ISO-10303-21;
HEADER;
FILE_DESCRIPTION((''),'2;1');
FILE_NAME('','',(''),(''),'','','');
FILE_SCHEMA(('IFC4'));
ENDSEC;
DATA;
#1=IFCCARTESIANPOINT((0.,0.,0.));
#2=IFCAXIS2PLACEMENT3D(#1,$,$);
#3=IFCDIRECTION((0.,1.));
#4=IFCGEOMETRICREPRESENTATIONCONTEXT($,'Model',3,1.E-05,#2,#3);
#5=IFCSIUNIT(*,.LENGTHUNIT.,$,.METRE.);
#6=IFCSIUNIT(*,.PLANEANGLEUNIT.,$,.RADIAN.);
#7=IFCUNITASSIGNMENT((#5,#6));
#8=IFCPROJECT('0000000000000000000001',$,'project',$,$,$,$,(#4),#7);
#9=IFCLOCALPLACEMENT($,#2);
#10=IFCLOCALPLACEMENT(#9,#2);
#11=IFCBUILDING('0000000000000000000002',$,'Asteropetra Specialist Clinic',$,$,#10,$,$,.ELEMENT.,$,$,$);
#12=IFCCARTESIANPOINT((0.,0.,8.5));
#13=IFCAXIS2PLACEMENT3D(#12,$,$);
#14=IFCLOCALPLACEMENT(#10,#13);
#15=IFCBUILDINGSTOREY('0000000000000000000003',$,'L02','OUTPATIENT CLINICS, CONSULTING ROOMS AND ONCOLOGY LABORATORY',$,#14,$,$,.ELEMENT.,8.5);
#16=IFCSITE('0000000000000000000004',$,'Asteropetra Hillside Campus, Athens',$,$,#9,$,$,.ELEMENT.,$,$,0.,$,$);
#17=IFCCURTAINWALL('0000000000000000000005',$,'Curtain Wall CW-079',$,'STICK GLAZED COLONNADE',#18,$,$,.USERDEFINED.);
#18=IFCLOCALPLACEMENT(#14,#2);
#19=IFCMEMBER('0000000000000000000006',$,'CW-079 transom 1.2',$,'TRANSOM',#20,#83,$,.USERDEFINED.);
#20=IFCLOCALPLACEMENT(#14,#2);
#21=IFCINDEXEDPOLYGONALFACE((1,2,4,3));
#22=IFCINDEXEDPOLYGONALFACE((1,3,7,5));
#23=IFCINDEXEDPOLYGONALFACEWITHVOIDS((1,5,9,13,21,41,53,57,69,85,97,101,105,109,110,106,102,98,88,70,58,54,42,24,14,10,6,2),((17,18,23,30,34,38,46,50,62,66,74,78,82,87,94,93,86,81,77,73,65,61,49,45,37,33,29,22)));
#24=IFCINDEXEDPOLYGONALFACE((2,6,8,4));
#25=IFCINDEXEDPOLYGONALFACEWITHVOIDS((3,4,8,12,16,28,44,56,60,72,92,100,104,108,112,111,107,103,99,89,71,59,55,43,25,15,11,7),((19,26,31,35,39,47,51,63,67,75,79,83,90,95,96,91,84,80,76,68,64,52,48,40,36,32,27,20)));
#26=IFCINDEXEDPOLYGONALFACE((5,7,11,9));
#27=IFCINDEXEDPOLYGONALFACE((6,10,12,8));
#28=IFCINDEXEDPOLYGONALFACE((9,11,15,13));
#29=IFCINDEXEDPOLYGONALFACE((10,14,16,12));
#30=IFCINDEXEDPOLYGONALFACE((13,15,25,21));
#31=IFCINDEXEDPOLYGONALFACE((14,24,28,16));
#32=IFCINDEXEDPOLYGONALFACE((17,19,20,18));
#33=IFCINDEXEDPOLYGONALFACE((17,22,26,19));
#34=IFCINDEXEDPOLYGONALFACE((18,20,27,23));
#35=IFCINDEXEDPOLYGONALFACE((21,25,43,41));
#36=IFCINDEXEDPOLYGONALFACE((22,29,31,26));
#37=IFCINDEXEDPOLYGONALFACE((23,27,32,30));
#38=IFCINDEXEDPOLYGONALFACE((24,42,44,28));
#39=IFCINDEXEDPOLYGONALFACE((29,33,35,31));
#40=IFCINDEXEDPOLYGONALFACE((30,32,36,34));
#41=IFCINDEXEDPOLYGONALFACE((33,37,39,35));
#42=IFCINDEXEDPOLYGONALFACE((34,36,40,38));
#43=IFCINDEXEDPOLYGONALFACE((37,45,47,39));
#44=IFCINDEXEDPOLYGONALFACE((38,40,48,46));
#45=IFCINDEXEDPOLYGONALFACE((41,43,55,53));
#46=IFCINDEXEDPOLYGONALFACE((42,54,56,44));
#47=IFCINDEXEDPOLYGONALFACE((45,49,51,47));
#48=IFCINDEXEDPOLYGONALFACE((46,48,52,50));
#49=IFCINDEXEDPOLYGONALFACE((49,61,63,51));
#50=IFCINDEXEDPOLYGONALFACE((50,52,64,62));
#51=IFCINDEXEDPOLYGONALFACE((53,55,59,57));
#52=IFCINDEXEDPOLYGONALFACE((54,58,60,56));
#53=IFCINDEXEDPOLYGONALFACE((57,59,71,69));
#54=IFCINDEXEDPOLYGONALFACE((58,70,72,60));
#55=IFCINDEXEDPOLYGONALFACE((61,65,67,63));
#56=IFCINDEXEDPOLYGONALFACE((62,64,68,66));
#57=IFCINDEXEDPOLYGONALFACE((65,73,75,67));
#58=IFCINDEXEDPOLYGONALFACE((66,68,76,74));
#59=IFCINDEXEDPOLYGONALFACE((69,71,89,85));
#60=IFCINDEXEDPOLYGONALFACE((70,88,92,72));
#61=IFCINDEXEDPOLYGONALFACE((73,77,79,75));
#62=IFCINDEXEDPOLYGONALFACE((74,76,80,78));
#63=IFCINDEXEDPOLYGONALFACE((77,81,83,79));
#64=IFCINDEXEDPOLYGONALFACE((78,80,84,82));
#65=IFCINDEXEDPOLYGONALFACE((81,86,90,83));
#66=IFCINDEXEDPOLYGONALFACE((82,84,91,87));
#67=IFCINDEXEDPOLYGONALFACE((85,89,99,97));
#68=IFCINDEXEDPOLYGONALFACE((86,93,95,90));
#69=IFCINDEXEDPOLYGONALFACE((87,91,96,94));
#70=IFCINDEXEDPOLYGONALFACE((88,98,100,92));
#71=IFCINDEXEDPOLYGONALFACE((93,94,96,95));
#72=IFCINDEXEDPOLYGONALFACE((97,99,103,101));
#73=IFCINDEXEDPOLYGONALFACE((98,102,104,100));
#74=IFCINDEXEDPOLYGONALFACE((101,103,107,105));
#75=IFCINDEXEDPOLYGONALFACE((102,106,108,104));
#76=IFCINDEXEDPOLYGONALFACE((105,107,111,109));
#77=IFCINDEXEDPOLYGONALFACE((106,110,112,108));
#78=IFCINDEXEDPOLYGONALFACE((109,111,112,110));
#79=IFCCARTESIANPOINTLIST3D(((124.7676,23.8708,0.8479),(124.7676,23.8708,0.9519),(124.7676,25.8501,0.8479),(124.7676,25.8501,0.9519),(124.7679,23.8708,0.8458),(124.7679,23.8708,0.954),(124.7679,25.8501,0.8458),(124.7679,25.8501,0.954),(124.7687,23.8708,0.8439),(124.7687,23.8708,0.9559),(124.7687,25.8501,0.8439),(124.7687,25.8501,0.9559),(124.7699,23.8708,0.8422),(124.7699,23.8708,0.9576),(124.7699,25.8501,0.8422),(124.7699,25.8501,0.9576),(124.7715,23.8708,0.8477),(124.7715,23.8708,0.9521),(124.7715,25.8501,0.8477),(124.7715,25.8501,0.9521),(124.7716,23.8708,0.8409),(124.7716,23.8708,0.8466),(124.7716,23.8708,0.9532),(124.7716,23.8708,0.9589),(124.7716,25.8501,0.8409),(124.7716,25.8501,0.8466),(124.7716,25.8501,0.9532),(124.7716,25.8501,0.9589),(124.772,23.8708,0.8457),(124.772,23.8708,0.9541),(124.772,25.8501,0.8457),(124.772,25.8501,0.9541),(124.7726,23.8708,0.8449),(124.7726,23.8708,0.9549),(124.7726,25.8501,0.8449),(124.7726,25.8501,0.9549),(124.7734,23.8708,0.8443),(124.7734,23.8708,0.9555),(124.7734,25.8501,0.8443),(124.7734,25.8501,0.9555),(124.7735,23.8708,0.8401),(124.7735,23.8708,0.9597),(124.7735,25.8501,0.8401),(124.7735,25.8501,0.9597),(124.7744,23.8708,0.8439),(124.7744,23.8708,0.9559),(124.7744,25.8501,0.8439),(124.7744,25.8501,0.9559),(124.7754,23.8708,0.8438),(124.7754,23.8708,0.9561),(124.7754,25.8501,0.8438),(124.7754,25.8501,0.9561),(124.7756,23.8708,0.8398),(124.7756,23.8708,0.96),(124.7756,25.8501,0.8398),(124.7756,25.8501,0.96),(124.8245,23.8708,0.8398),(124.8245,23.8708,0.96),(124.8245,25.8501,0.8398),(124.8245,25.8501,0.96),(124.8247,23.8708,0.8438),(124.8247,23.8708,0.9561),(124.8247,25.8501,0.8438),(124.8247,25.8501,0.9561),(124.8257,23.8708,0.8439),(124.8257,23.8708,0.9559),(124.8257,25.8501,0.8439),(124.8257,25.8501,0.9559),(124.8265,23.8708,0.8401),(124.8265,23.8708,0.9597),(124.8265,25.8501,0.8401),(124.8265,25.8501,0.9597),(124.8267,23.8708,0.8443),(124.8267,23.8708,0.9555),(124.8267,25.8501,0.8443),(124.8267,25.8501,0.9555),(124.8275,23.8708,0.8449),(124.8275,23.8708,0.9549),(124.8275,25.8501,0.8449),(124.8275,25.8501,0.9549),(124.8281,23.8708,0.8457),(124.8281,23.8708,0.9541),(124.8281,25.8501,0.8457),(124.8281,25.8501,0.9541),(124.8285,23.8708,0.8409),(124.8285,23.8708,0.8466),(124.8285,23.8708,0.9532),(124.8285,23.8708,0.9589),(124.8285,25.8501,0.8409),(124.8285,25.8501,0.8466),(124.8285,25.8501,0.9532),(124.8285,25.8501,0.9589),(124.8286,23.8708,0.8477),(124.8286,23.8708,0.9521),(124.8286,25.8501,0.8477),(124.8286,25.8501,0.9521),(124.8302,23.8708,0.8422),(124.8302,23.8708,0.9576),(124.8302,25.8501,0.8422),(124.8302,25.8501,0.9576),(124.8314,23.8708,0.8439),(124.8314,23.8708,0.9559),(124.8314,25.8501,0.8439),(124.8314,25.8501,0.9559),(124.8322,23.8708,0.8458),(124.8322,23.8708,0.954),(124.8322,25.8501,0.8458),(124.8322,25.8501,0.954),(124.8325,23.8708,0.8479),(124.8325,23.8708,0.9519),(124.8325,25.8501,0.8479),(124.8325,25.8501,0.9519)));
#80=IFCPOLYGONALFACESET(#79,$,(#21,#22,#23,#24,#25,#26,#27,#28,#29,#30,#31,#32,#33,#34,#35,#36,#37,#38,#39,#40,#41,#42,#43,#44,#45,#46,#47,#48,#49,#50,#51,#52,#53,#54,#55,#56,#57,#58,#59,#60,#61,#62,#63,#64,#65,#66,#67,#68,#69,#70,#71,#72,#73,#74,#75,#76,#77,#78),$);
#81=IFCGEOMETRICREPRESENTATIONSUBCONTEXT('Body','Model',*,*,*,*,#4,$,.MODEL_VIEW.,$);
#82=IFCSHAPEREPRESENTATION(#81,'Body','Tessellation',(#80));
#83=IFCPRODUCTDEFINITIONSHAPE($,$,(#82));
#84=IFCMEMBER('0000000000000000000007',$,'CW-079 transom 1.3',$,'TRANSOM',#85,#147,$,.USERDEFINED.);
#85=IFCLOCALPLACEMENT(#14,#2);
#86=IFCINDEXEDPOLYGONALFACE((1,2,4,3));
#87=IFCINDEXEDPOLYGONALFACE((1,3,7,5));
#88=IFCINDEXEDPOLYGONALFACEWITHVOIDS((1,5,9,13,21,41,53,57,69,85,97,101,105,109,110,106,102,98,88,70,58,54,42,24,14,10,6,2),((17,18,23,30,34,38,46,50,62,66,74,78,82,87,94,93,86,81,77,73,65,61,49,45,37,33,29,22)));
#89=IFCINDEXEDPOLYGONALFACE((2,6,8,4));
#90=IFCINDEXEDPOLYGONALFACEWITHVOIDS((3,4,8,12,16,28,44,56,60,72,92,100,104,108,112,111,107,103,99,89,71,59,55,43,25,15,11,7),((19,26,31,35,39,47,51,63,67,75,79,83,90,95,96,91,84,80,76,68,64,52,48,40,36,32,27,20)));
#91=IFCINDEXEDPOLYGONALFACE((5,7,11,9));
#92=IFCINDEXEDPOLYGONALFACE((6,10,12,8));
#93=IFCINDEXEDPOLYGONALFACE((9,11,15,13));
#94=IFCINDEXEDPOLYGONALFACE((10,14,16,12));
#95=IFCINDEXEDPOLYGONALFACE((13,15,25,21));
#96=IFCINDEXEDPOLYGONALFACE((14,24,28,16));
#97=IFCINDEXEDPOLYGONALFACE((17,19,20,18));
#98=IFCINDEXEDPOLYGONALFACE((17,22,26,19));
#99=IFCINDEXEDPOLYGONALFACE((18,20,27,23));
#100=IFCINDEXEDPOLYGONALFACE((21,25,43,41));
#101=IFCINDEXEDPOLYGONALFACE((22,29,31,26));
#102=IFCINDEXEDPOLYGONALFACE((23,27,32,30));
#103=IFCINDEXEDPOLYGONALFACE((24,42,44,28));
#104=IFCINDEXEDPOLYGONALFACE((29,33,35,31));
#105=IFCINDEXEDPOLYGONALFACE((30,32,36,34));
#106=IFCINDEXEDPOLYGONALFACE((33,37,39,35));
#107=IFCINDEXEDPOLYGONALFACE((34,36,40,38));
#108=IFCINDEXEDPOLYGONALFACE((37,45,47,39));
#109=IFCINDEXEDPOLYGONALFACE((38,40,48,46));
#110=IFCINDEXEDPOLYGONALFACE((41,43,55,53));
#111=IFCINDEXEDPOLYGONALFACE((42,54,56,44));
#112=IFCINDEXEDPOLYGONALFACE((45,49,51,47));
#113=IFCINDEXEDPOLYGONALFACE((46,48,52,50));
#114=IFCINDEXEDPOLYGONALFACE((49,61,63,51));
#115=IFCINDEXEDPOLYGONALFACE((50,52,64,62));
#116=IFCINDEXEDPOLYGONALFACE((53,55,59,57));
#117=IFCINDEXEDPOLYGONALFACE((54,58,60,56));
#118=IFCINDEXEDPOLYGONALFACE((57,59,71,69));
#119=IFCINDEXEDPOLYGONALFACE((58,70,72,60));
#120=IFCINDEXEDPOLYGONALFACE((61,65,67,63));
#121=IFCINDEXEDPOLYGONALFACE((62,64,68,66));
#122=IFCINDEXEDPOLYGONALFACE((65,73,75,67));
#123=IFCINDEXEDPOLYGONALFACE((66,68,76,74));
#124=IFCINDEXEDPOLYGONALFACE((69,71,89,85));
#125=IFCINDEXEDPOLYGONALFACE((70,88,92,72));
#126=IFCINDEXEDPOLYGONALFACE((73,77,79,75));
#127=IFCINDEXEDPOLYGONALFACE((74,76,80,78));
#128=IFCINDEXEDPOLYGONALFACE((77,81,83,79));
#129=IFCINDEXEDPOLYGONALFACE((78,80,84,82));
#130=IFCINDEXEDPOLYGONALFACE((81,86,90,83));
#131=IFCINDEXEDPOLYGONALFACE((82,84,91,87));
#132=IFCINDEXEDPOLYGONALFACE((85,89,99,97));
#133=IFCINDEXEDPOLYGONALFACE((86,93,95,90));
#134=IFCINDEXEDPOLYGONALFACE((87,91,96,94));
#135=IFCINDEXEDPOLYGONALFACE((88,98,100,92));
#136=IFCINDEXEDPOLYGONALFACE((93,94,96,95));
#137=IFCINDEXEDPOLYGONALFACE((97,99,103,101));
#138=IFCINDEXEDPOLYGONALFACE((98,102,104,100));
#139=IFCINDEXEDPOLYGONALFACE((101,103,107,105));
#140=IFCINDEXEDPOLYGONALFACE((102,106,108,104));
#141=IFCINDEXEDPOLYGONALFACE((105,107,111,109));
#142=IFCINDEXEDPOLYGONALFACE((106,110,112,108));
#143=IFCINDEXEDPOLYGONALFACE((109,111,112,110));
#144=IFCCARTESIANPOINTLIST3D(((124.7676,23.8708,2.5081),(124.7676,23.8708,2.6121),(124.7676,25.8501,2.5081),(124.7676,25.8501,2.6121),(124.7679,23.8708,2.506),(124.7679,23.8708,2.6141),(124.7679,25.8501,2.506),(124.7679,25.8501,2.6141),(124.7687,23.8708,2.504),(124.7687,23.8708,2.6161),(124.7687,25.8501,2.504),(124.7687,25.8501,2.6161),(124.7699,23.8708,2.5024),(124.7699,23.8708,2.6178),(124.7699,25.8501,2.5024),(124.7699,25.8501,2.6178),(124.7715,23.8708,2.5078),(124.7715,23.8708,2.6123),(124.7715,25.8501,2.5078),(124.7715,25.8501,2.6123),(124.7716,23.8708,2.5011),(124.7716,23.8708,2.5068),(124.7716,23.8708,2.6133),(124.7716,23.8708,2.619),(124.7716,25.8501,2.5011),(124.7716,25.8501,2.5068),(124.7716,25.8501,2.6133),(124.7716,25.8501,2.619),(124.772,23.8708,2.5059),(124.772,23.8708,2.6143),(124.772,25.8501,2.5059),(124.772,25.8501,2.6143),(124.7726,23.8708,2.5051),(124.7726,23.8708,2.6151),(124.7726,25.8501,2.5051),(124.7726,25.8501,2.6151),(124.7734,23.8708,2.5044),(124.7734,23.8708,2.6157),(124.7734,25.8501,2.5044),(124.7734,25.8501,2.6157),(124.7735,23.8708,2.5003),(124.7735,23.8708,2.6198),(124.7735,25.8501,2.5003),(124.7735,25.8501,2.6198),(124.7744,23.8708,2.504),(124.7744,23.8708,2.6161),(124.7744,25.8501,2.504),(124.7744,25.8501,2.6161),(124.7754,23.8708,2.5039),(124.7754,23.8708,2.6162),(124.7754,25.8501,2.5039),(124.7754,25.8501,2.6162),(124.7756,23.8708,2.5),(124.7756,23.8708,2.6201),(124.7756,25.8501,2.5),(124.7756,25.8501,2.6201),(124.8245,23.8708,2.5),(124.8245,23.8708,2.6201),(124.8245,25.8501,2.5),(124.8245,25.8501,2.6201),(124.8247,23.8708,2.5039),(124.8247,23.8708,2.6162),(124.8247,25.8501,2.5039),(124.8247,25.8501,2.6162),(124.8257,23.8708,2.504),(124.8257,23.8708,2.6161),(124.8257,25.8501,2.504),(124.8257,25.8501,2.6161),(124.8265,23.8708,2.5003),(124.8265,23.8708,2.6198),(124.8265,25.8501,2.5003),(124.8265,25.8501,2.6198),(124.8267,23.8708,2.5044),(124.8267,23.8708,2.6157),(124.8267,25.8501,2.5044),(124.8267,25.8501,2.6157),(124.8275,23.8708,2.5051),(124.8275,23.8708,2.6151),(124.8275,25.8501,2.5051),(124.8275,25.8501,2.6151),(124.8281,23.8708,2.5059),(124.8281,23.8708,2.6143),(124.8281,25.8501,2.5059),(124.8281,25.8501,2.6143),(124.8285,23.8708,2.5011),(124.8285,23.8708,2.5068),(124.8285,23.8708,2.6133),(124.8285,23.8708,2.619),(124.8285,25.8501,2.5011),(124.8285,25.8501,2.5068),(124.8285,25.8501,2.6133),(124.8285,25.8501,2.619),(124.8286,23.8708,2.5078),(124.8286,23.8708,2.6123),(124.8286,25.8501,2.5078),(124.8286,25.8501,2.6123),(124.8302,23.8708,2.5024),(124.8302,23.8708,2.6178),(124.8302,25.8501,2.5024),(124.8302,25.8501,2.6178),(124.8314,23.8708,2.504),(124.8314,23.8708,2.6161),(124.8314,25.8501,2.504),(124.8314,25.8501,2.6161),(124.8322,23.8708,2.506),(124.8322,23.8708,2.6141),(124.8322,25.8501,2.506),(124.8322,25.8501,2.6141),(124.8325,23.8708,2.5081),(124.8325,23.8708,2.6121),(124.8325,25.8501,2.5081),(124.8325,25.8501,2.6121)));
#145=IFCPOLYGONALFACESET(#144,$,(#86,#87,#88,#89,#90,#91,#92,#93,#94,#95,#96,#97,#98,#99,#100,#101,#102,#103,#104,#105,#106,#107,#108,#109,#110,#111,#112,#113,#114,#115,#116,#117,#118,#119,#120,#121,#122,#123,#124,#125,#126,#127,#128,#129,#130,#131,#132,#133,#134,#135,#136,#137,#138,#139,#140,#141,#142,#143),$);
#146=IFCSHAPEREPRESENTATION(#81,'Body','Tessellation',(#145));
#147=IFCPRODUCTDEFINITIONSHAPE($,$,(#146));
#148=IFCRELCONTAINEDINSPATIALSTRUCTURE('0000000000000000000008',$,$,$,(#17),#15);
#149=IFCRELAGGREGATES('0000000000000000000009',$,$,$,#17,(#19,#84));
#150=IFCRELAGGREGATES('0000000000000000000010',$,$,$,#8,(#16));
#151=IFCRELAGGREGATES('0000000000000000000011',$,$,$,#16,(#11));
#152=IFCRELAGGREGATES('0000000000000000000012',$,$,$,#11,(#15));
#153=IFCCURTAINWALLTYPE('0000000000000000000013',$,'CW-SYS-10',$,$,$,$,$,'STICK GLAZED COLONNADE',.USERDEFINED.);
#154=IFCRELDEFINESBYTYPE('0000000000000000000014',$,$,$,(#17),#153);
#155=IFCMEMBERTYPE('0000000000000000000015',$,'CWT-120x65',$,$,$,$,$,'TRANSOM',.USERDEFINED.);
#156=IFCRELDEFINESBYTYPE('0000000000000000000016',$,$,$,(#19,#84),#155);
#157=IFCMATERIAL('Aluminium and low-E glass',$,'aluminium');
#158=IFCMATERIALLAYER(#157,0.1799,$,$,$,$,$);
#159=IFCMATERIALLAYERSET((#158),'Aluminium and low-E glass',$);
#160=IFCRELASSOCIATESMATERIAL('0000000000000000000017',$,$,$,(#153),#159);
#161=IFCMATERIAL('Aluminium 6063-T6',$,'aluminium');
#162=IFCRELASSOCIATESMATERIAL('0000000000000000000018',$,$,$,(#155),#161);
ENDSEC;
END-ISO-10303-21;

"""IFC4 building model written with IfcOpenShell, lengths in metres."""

from ifc_helpers import new_model, si_unit, direction, frame, origin, origin_2d, place, context, subcontext, project, spatial, hollow_rectangle, extrude, material, layer, layer_set, material_profile, profile_set, type_object, element, aggregate, save


model = new_model("IFC4")

# Units and contexts
model_context = context("Model", 3, precision=1e-05, world=origin(), true_north=direction((0.0, 1.0)))
body_context = subcontext(model_context, "Body", "Model", "MODEL_VIEW")
ifc_project = project(units=[si_unit("LENGTHUNIT", "METRE"), si_unit("PLANEANGLEUNIT", "RADIAN")], contexts=[model_context])

# Site, building, storey
site_placement = place(None, origin())
site = spatial("IfcSite", under=ifc_project, at=site_placement, Name="Asteropetra Hillside Campus, Athens", CompositionType="ELEMENT", RefElevation=0.0)
building_placement = place(site_placement, origin())
building = spatial("IfcBuilding", under=site, at=building_placement, Name="Asteropetra Specialist Clinic", CompositionType="ELEMENT")
storey_placement = place(building_placement, frame((0.0, 0.0, 8.5)))
storey = spatial("IfcBuildingStorey", under=building, at=storey_placement, Name="L02", Description="OUTPATIENT CLINICS, CONSULTING ROOMS AND ONCOLOGY LABORATORY", CompositionType="ELEMENT", Elevation=8.5)

# Curtain wall
ifc_material_1 = material(Name="Aluminium and low-E glass", Category="aluminium")
ifc_layer_1 = layer(ifc_material_1, 0.1799)
ifc_layer_set_1 = layer_set([ifc_layer_1], Name="Aluminium and low-E glass")
curtain_wall_type_1 = type_object("IfcCurtainWallType", Name="CW-SYS-10", ElementType="STICK GLAZED COLONNADE", PredefinedType="USERDEFINED", material=ifc_layer_set_1)
curtain_wall_1_placement = place(storey_placement, origin())
curtain_wall_1 = element("IfcCurtainWall", 1, at=curtain_wall_1_placement, inside=storey, type_object=curtain_wall_type_1, Name="Curtain Wall CW-079", ObjectType="STICK GLAZED COLONNADE", PredefinedType="USERDEFINED")

# Members
ifc_material_2 = material(Name="Aluminium 6063-T6", Category="aluminium")
ifc_material_profile_1 = material_profile(ifc_material_2, hollow_rectangle(XDim=0.0649, YDim=0.1201, WallThickness=0.0039, InnerFilletRadius=0.0039, OuterFilletRadius=0.0081, at=origin_2d()), Name="TRN 120x65x4.0")
ifc_profile_set_1 = profile_set([ifc_material_profile_1], Name="Aluminium 6063-T6")
member_type_1 = type_object("IfcMemberType", Name="CWT-120x65", ElementType="TRANSOM", PredefinedType="USERDEFINED", material=ifc_profile_set_1)
member_1_placement = place(storey_placement, frame((124.8, 25.8501, 0.8999), z_axis=(0.0, -1.0, 0.0), x_axis=(1.0, 0.0, 0.0)))
member_1 = element("IfcMember", 2, at=member_1_placement, type_object=member_type_1, Name="CW-079 transom 1.2", ObjectType="TRANSOM", PredefinedType="USERDEFINED", context=body_context, shape_type="SweptSolid", body=[
    extrude(hollow_rectangle(XDim=0.0649, YDim=0.1201, WallThickness=0.0039, InnerFilletRadius=0.0039, OuterFilletRadius=0.0081, at=origin_2d()), origin(), (0.0, 0.0, 1.0), 1.9792),
])
member_2_placement = place(storey_placement, frame((124.8, 25.8501, 2.5601), z_axis=(0.0, -1.0, 0.0), x_axis=(1.0, 0.0, 0.0)))
member_2 = element("IfcMember", 3, at=member_2_placement, type_object=member_type_1, Name="CW-079 transom 1.3", ObjectType="TRANSOM", PredefinedType="USERDEFINED", context=body_context, shape_type="SweptSolid", body=[
    extrude(hollow_rectangle(XDim=0.0649, YDim=0.1201, WallThickness=0.0039, InnerFilletRadius=0.0039, OuterFilletRadius=0.0081, at=origin_2d()), origin(), (0.0, 0.0, 1.0), 1.9792),
])

aggregate(curtain_wall_1, [member_1, member_2])

save(model, "model.ifc")
